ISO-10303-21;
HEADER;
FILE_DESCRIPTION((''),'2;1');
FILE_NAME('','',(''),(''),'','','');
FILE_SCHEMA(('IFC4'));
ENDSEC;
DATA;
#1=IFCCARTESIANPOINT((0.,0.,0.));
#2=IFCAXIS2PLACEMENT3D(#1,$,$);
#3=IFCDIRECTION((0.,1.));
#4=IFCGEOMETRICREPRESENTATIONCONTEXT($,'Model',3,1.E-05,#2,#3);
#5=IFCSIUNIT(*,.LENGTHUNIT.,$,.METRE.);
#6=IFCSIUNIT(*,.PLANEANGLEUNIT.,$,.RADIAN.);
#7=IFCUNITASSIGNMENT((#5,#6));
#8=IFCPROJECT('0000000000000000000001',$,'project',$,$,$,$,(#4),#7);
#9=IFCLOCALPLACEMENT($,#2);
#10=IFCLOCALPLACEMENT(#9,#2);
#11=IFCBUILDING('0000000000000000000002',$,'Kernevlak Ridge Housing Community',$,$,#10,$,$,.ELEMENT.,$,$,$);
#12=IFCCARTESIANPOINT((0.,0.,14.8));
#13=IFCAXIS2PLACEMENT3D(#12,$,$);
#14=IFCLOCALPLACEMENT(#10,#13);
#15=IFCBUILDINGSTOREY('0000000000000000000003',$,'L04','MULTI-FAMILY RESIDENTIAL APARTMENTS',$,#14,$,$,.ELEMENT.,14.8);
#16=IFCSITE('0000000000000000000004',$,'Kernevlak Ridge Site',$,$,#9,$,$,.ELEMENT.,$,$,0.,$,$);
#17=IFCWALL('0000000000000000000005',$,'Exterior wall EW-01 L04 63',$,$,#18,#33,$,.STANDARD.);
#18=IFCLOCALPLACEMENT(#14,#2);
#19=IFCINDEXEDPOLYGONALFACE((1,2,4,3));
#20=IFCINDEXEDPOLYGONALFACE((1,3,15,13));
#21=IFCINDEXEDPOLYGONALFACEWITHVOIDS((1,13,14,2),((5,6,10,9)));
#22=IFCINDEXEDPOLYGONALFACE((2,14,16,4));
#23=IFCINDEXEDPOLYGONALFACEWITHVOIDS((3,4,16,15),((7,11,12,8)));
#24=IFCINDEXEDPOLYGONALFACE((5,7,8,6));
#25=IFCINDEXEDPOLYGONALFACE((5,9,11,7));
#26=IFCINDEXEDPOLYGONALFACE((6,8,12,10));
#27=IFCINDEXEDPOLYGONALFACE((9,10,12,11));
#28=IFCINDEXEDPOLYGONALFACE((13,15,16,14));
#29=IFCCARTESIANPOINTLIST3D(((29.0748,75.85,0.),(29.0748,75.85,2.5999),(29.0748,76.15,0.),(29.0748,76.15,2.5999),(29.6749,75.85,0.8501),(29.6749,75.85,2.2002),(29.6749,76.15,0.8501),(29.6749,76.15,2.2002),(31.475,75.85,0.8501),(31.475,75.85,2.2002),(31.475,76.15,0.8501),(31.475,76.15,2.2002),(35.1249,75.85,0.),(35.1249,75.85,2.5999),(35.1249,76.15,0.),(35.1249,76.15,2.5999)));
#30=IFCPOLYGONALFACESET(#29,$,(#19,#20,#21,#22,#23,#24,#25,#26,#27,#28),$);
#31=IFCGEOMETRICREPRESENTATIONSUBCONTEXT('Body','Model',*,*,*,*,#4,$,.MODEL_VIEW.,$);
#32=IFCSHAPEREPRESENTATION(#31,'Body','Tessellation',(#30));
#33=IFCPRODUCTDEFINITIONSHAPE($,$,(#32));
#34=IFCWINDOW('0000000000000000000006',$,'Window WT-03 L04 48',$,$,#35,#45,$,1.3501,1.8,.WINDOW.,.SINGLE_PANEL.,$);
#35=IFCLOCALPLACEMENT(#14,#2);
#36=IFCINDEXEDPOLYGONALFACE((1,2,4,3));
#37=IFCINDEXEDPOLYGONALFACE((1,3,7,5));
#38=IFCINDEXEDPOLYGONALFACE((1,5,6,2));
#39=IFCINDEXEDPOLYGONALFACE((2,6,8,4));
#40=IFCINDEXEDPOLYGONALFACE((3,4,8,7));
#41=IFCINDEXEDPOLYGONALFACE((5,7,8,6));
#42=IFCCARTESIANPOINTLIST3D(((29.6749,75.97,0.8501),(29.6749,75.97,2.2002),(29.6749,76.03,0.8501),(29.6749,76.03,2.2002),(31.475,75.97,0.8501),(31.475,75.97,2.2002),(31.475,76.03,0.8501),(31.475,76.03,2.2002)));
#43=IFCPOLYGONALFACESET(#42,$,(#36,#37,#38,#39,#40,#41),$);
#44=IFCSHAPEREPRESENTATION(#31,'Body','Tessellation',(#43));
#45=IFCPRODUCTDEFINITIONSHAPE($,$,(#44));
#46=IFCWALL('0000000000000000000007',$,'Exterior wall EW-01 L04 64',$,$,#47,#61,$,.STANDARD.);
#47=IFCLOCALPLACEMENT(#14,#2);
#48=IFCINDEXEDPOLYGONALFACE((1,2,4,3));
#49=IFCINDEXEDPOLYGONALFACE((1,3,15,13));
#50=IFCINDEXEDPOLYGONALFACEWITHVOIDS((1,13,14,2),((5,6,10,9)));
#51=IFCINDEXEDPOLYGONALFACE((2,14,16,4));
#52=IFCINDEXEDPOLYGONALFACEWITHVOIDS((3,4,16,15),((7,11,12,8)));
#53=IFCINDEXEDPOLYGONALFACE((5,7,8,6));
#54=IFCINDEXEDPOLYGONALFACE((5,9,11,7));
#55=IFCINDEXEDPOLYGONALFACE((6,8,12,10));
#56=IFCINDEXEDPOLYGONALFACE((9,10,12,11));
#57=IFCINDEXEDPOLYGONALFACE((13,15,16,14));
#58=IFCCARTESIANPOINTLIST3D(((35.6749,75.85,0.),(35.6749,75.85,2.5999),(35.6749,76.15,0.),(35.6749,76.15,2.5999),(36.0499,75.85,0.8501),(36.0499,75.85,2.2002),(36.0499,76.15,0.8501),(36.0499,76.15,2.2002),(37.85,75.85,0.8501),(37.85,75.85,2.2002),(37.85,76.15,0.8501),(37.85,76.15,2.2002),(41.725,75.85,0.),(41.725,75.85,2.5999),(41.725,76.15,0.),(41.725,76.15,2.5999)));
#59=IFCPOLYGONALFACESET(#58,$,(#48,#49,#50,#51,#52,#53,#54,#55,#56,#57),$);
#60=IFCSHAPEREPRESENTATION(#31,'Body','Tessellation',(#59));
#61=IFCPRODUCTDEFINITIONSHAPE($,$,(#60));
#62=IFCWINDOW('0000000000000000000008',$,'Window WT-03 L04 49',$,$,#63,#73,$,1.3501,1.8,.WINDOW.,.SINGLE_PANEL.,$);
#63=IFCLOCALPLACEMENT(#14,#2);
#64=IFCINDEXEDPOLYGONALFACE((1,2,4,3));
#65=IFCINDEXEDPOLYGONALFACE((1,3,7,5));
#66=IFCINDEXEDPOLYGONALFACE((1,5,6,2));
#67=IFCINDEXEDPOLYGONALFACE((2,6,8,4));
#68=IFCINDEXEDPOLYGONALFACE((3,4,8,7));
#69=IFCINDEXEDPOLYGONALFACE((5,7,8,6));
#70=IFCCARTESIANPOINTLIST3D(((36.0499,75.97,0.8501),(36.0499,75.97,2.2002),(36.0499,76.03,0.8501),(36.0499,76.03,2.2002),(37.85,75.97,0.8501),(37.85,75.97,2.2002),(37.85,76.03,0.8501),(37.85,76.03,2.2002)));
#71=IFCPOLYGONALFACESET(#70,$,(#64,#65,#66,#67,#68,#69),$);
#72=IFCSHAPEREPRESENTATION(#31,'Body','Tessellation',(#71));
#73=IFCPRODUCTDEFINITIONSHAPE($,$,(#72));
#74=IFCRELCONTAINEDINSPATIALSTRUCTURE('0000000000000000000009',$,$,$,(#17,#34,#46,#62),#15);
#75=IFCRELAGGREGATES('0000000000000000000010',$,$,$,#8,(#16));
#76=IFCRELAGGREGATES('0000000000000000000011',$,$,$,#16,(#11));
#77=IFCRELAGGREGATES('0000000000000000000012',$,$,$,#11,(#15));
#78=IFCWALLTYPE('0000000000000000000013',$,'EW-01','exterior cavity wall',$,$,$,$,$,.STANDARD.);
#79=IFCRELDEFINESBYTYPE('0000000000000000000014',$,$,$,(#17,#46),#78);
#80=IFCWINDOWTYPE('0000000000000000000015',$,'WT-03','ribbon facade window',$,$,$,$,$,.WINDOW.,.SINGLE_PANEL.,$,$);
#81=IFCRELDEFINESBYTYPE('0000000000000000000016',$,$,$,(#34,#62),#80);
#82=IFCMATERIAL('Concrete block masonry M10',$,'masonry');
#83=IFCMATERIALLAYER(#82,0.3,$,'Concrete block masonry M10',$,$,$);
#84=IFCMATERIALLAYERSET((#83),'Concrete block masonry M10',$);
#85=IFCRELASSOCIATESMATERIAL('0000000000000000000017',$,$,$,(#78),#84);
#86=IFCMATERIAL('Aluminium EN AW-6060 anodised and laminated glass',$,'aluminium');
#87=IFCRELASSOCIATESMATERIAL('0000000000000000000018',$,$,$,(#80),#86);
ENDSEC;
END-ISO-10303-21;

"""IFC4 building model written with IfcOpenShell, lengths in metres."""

from ifc_helpers import new_model, si_unit, direction, frame, frame_2d, origin, place, context, subcontext, project, spatial, rectangle, extrude, material, layer, layer_set, type_object, element, fill, save


model = new_model("IFC4")

# Units and contexts
model_context = context("Model", 3, precision=1e-05, world=origin(), true_north=direction((0.0, 1.0)))
body_context = subcontext(model_context, "Body", "Model", "MODEL_VIEW")
ifc_project = project(units=[si_unit("LENGTHUNIT", "METRE"), si_unit("PLANEANGLEUNIT", "RADIAN")], contexts=[model_context])

# Site, building, storey
site_placement = place(None, origin())
site = spatial("IfcSite", under=ifc_project, at=site_placement, Name="Kernevlak Ridge Site", CompositionType="ELEMENT", RefElevation=0.0)
building_placement = place(site_placement, origin())
building = spatial("IfcBuilding", under=site, at=building_placement, Name="Kernevlak Ridge Housing Community", CompositionType="ELEMENT")
storey_placement = place(building_placement, frame((0.0, 0.0, 14.8)))
storey = spatial("IfcBuildingStorey", under=building, at=storey_placement, Name="L04", Description="MULTI-FAMILY RESIDENTIAL APARTMENTS", CompositionType="ELEMENT", Elevation=14.8)

# Shared definitions
ifc_material_1 = material(Name="Concrete block masonry M10", Category="masonry")
ifc_layer = layer(ifc_material_1, 0.3, Name="Concrete block masonry M10")
ifc_layer_set = layer_set([ifc_layer], Name="Concrete block masonry M10")
wall_type = type_object("IfcWallType", Name="EW-01", Description="exterior cavity wall", PredefinedType="STANDARD", material=ifc_layer_set)
ifc_material_2 = material(Name="Aluminium EN AW-6060 anodised and laminated glass", Category="aluminium")
window_type_1 = type_object("IfcWindowType", Name="WT-03", Description="ribbon facade window", PartitioningType="SINGLE_PANEL", PredefinedType="WINDOW", material=ifc_material_2)

# Walls, openings, windows
wall_1_placement = place(storey_placement, frame((29.075, 76.0, 0.0), z_axis=(0.0, 0.0, 1.0), x_axis=(1.0, 0.0, 0.0)))
wall_1 = element("IfcWall", 1, at=wall_1_placement, inside=storey, type_object=wall_type, Name="Exterior wall EW-01 L04 63", PredefinedType="STANDARD", context=body_context, shape_type="SweptSolid", body=[
    extrude(rectangle(XDim=6.05, YDim=0.3, at=frame_2d((3.0249, 0.0))), origin(), (0.0, 0.0, 1.0), 2.5999),
])
opening_1_placement = place(wall_1_placement, frame((0.6001, 0.0, 0.8501)))
opening_1 = element("IfcOpeningElement", 2, at=opening_1_placement, cuts=wall_1, PredefinedType="OPENING", context=body_context, shape_type="SweptSolid", body=[
    extrude(rectangle(XDim=1.8, YDim=1.3501, at=frame_2d((0.8999, 0.675))), frame((0.0, 0.1599, 0.0), z_axis=(0.0, -1.0, 0.0), x_axis=(1.0, 0.0, 0.0)), (0.0, 0.0, 1.0), 0.3201),
])
window_1_placement = place(opening_1_placement, origin())
window_1 = element("IfcWindow", 3, at=window_1_placement, inside=storey, type_object=window_type_1, Name="Window WT-03 L04 48", OverallHeight=1.3501, OverallWidth=1.8, PartitioningType="SINGLE_PANEL", PredefinedType="WINDOW", context=body_context, shape_type="SweptSolid", body=[
    extrude(rectangle(XDim=1.8, YDim=1.3501, at=frame_2d((0.8999, 0.675))), frame((0.0, 0.03, 0.0), z_axis=(0.0, -1.0, 0.0), x_axis=(1.0, 0.0, 0.0)), (0.0, 0.0, 1.0), 0.0601),
])
fill(opening_1, window_1)
wall_2_placement = place(storey_placement, frame((35.675, 76.0, 0.0), z_axis=(0.0, 0.0, 1.0), x_axis=(1.0, 0.0, 0.0)))
wall_2 = element("IfcWall", 4, at=wall_2_placement, inside=storey, type_object=wall_type, Name="Exterior wall EW-01 L04 64", PredefinedType="STANDARD", context=body_context, shape_type="SweptSolid", body=[
    extrude(rectangle(XDim=6.05, YDim=0.3, at=frame_2d((3.0249, 0.0))), origin(), (0.0, 0.0, 1.0), 2.5999),
])
opening_2_placement = place(wall_2_placement, frame((0.375, 0.0, 0.8501)))
opening_2 = element("IfcOpeningElement", 5, at=opening_2_placement, cuts=wall_2, PredefinedType="OPENING", context=body_context, shape_type="SweptSolid", body=[
    extrude(rectangle(XDim=1.8, YDim=1.3501, at=frame_2d((0.8999, 0.675))), frame((0.0, 0.1599, 0.0), z_axis=(0.0, -1.0, 0.0), x_axis=(1.0, 0.0, 0.0)), (0.0, 0.0, 1.0), 0.3201),
])
window_2_placement = place(opening_2_placement, origin())
window_2 = element("IfcWindow", 6, at=window_2_placement, inside=storey, type_object=window_type_1, Name="Window WT-03 L04 49", OverallHeight=1.3501, OverallWidth=1.8, PartitioningType="SINGLE_PANEL", PredefinedType="WINDOW", context=body_context, shape_type="SweptSolid", body=[
    extrude(rectangle(XDim=1.8, YDim=1.3501, at=frame_2d((0.8999, 0.675))), frame((0.0, 0.03, 0.0), z_axis=(0.0, -1.0, 0.0), x_axis=(1.0, 0.0, 0.0)), (0.0, 0.0, 1.0), 0.0601),
])
fill(opening_2, window_2)

save(model, "model.ifc")
